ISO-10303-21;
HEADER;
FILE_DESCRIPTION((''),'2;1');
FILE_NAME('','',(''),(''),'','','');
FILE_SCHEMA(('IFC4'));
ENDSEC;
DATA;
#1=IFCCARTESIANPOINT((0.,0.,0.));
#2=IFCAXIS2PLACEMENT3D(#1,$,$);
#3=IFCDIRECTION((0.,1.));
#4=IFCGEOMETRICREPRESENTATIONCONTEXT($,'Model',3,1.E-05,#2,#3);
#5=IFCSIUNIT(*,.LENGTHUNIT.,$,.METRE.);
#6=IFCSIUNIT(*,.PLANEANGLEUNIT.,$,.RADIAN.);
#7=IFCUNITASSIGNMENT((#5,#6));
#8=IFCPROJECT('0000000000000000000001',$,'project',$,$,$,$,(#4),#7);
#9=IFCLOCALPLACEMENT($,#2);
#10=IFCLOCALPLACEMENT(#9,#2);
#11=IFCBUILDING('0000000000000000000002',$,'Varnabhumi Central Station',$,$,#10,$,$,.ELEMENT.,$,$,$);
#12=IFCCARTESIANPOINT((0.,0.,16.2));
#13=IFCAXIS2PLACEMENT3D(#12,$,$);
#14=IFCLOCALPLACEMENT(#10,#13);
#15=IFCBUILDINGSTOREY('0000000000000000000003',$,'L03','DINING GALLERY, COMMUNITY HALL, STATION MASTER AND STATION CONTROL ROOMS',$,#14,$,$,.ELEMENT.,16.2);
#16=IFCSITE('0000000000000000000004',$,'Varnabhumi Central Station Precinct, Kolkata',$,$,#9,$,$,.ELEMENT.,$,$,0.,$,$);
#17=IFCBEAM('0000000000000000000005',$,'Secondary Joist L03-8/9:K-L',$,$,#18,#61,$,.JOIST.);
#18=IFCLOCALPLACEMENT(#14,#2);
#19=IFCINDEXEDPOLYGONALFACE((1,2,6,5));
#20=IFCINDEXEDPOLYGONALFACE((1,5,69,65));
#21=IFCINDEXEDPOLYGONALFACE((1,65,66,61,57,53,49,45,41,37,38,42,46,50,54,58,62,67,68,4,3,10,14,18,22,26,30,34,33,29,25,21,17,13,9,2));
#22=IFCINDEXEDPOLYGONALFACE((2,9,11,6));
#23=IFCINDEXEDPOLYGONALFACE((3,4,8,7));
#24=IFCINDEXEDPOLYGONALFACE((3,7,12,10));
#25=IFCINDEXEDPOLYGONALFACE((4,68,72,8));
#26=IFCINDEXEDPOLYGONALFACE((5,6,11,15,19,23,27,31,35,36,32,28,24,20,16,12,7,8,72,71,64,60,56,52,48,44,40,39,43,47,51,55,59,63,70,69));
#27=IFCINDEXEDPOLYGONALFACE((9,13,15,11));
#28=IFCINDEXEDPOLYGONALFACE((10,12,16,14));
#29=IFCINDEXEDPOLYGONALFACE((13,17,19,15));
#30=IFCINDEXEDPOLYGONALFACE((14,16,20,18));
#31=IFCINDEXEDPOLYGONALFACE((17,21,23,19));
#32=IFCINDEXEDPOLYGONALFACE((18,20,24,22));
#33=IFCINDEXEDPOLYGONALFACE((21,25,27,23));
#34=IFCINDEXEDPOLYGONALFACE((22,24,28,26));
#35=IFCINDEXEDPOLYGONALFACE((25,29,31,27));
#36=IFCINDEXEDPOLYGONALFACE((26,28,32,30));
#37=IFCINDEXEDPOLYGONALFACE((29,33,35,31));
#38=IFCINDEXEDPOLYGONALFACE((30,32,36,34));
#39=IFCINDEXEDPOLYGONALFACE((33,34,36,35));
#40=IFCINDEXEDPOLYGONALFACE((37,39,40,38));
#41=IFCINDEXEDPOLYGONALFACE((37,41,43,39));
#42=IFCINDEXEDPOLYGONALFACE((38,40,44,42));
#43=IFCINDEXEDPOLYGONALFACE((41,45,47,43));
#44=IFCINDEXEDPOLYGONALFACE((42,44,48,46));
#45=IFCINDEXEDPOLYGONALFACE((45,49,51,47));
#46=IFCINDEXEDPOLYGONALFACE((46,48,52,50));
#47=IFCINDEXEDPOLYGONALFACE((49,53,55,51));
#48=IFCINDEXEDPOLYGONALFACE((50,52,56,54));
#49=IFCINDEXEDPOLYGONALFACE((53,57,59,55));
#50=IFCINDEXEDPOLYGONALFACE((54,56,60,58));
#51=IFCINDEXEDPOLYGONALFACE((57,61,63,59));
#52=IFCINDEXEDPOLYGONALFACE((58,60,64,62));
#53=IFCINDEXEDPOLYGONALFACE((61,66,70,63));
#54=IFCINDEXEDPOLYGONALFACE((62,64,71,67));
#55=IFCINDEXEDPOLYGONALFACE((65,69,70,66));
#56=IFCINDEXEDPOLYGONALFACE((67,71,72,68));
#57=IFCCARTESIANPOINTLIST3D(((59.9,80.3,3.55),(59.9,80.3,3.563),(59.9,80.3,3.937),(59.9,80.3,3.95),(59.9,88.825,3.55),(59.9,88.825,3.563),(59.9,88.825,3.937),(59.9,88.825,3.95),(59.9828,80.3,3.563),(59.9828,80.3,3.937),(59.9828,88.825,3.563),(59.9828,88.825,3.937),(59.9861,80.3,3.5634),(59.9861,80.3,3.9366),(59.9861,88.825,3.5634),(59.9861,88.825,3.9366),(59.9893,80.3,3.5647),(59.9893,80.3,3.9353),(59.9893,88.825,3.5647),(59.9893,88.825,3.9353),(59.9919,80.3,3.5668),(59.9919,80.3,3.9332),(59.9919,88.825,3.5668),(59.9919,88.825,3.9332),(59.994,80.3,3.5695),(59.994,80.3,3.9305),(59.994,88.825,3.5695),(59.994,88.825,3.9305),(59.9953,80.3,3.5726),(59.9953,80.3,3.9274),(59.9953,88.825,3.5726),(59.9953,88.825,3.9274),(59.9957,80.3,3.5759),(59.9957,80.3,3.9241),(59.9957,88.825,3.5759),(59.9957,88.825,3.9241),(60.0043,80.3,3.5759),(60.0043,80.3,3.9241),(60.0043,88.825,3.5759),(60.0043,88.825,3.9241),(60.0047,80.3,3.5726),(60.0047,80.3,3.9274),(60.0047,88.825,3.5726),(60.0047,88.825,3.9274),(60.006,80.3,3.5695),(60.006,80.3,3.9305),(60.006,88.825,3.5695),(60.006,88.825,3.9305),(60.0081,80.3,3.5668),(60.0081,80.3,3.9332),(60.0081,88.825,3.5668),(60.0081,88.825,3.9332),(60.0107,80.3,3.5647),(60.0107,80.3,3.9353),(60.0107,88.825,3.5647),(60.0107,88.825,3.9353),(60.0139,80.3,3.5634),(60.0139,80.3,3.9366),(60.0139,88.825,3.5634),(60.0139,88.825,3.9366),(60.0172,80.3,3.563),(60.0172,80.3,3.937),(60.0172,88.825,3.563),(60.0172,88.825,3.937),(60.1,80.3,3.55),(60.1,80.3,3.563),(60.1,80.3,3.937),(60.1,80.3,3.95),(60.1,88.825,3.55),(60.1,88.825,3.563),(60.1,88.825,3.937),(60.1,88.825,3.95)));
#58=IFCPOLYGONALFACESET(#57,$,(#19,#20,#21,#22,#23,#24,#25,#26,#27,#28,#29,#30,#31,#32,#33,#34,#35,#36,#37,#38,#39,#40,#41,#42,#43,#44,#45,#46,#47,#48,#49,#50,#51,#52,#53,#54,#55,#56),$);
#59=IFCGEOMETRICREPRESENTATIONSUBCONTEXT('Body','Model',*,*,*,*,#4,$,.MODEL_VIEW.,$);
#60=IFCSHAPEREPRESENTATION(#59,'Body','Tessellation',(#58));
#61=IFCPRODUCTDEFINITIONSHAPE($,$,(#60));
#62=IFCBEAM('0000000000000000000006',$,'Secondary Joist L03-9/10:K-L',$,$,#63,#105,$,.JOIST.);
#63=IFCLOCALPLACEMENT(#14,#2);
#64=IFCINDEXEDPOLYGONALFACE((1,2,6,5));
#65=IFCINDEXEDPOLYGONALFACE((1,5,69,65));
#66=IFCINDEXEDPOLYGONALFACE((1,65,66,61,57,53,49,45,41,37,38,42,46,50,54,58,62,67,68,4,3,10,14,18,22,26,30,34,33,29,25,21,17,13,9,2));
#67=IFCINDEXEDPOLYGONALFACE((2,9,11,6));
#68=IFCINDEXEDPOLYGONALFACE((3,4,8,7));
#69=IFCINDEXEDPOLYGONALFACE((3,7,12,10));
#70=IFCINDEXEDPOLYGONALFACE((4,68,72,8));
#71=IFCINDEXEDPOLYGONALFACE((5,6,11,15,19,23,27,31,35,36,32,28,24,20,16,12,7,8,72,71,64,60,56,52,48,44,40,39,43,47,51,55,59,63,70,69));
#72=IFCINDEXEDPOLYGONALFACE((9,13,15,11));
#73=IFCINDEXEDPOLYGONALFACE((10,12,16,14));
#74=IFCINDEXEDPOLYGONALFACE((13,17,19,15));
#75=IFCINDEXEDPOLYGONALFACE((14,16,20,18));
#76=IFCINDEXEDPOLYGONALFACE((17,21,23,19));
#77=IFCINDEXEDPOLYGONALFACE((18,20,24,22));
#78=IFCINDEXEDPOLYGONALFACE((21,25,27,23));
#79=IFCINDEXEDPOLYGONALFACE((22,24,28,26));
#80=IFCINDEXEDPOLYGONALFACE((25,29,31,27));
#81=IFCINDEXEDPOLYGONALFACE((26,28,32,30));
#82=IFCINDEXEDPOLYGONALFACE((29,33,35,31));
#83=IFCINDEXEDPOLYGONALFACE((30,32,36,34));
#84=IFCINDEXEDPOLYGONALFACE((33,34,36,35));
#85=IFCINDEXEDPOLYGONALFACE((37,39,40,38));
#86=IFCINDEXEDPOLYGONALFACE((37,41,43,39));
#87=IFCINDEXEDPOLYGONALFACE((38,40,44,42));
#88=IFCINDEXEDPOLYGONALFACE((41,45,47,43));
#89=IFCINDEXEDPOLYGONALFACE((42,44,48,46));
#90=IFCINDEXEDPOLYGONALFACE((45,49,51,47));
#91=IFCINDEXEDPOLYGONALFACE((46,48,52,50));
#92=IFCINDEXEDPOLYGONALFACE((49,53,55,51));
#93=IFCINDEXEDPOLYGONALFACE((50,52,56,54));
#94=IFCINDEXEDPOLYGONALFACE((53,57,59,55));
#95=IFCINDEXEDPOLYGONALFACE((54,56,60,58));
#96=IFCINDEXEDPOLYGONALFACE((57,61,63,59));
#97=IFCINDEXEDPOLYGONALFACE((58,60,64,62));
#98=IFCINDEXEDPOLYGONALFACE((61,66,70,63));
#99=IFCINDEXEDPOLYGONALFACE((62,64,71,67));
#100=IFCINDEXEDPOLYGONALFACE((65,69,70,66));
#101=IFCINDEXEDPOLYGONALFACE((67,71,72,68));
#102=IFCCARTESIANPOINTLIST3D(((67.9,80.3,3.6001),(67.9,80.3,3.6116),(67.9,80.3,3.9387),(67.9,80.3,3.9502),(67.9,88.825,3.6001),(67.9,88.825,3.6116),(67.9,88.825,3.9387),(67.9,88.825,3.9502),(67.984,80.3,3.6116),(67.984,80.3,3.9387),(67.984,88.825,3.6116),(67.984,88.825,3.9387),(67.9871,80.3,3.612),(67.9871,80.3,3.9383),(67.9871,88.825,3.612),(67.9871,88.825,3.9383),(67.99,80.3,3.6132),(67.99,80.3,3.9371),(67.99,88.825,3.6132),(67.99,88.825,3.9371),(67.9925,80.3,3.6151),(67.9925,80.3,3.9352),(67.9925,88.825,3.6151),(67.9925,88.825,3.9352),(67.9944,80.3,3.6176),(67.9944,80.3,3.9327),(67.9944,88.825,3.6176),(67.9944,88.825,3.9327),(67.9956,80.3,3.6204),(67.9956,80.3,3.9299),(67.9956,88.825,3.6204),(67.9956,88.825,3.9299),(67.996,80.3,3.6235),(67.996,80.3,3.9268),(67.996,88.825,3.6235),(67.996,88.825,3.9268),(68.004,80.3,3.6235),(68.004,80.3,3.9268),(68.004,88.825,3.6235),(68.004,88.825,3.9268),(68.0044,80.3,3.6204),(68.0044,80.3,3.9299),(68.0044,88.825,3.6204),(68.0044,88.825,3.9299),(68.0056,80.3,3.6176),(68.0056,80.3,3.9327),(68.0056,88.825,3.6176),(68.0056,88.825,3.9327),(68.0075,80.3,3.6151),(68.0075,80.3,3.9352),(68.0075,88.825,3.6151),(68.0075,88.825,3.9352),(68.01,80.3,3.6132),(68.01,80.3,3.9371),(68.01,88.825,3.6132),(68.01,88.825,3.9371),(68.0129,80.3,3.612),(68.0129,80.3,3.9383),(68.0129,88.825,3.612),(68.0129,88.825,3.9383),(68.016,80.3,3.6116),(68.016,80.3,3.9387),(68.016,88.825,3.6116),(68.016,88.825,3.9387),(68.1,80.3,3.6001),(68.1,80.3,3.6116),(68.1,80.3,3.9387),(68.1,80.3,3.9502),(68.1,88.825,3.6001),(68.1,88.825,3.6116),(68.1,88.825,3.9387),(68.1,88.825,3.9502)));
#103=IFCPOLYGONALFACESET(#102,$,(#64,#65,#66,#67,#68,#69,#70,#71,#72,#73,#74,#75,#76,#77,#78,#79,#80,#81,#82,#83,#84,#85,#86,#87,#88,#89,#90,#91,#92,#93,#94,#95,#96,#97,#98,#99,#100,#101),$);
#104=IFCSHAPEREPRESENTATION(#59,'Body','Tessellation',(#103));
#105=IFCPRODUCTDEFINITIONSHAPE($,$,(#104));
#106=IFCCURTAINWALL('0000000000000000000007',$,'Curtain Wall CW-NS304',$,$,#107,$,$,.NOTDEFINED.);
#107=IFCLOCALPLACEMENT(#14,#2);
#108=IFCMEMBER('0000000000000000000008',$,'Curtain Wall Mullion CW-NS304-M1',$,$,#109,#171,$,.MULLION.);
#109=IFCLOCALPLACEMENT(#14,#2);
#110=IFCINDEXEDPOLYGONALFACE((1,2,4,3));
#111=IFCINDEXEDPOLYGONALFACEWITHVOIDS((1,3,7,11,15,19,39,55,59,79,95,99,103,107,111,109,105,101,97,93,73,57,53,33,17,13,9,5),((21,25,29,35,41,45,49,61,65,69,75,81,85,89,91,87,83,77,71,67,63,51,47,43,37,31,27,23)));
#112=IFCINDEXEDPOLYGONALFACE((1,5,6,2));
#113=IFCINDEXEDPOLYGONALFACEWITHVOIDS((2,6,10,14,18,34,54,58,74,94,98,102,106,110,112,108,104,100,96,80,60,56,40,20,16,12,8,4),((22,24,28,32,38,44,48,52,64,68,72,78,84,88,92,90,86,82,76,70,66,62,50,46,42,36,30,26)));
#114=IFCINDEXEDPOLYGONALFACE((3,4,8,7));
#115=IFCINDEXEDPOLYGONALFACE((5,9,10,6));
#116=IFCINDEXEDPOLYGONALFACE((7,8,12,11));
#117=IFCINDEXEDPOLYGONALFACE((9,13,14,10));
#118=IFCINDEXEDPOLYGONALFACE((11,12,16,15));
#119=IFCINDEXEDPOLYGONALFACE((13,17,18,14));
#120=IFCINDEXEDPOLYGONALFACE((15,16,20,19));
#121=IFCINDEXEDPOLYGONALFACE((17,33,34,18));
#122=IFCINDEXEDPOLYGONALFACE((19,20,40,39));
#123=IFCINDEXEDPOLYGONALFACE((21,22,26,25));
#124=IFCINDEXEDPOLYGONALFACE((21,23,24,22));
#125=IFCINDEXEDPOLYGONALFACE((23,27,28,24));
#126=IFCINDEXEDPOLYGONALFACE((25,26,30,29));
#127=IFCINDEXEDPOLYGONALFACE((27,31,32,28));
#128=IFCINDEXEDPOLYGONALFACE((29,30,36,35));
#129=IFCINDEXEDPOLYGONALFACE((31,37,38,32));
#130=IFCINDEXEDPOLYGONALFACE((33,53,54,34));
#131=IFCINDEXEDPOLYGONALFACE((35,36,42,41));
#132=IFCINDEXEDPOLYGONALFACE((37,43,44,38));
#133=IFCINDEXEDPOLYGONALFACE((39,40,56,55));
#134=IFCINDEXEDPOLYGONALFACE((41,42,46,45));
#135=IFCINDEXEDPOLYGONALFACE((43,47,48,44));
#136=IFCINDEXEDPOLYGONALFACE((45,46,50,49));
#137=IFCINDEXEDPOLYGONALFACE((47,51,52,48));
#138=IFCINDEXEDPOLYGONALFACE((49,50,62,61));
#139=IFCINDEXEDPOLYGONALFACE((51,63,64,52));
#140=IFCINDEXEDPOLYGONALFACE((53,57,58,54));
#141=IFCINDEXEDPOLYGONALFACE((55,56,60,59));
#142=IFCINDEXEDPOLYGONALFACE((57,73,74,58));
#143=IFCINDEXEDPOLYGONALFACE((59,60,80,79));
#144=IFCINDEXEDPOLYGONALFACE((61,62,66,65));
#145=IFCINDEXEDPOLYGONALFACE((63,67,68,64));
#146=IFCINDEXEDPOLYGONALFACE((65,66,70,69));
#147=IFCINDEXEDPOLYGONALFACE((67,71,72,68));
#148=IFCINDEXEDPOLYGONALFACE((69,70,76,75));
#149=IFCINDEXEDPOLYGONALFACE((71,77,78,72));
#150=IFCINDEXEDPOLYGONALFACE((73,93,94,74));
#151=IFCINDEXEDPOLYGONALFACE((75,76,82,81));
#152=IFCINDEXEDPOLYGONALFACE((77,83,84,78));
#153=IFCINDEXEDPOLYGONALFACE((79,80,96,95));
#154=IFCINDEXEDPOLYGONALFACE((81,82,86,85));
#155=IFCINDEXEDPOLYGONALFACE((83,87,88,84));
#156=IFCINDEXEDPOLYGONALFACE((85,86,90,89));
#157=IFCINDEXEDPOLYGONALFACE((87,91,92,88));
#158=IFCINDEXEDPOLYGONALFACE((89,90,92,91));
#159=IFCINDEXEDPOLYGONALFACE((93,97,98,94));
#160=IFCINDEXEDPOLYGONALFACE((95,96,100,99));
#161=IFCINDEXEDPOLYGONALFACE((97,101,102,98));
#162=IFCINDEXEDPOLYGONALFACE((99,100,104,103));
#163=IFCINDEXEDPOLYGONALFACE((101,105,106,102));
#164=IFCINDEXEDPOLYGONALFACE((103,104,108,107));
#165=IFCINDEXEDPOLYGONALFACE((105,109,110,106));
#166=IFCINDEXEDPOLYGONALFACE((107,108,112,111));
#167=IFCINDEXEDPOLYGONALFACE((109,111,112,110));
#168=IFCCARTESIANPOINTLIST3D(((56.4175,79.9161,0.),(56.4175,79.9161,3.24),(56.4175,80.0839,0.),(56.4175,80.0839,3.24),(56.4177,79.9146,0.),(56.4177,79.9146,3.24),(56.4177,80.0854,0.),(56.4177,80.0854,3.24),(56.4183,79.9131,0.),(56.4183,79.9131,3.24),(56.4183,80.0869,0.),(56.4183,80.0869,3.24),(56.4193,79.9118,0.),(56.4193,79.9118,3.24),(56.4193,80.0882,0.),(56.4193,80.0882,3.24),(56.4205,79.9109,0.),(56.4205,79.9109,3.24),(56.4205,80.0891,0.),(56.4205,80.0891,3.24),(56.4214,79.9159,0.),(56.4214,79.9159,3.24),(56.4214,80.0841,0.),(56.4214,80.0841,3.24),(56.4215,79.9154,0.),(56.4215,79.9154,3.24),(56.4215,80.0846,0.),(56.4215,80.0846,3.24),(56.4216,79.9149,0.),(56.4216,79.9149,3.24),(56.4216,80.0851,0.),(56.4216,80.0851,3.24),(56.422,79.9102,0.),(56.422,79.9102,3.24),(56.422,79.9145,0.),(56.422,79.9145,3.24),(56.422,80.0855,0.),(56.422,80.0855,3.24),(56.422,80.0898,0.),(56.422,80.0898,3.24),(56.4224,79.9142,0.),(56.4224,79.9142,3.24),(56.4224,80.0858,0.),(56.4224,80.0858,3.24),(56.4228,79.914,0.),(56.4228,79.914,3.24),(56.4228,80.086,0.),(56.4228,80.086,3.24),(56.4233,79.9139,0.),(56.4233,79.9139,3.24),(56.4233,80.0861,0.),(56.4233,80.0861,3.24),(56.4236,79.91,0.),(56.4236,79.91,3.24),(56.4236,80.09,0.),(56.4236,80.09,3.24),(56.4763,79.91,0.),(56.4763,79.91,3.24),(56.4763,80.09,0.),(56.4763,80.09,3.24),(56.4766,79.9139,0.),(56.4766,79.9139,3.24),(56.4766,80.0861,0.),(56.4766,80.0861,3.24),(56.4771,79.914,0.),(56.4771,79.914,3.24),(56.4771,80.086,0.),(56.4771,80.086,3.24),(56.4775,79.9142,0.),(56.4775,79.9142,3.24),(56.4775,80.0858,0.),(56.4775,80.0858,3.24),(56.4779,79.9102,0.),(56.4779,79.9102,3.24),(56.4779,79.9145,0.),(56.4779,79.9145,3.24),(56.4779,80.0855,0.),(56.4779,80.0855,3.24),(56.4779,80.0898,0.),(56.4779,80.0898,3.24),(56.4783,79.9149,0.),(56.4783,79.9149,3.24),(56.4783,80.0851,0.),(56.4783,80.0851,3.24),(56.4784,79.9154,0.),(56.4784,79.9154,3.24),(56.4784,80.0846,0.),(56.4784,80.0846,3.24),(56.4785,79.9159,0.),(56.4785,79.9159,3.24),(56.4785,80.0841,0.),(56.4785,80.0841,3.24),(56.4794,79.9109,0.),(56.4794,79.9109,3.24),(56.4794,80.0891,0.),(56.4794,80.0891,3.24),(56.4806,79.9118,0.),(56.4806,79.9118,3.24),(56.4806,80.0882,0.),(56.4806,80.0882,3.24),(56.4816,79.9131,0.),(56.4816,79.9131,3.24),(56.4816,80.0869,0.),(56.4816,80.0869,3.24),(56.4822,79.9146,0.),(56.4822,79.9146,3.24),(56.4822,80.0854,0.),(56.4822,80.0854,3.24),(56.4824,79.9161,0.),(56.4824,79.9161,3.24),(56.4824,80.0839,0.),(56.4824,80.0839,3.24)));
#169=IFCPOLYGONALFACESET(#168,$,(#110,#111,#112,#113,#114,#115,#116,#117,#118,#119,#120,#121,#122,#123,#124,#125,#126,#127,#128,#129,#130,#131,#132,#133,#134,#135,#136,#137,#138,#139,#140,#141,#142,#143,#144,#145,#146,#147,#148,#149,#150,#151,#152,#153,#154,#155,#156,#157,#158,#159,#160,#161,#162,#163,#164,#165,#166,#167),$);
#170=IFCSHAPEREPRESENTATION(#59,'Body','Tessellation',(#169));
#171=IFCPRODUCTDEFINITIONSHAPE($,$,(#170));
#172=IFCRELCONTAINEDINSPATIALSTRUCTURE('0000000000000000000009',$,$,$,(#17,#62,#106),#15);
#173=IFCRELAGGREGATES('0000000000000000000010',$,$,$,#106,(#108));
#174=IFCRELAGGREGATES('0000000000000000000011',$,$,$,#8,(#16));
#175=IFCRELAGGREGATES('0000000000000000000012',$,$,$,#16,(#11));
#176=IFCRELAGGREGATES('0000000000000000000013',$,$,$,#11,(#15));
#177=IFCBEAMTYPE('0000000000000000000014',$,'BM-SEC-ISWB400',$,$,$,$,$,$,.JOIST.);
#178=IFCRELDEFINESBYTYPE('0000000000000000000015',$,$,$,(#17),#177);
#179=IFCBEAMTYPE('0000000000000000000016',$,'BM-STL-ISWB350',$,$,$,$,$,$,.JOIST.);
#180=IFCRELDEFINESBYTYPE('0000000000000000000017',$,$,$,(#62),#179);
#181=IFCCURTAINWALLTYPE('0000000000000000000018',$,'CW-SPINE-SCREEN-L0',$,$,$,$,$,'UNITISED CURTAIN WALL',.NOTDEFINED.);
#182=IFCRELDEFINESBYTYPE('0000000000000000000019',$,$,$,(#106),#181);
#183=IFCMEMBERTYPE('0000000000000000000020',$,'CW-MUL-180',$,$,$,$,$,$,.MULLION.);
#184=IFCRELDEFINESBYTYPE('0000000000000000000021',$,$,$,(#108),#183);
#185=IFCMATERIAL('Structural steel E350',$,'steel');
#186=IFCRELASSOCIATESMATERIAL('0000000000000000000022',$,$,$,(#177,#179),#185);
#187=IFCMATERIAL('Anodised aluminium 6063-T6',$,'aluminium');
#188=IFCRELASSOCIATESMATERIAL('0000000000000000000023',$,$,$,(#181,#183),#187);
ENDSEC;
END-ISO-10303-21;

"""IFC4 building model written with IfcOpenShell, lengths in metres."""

from ifc_helpers import new_model, si_unit, direction, frame, origin, origin_2d, place, context, subcontext, project, spatial, hollow_rectangle, i_section, extrude, material, material_profile, profile_set, type_object, element, aggregate, save


model = new_model("IFC4")

# Units and contexts
model_context = context("Model", 3, precision=1e-05, world=origin(), true_north=direction((0.0, 1.0)))
body_context = subcontext(model_context, "Body", "Model", "MODEL_VIEW")
ifc_project = project(units=[si_unit("LENGTHUNIT", "METRE"), si_unit("PLANEANGLEUNIT", "RADIAN")], contexts=[model_context])

# Site, building, storey
site_placement = place(None, origin())
site = spatial("IfcSite", under=ifc_project, at=site_placement, Name="Varnabhumi Central Station Precinct, Kolkata", CompositionType="ELEMENT", RefElevation=0.0)
building_placement = place(site_placement, origin())
building = spatial("IfcBuilding", under=site, at=building_placement, Name="Varnabhumi Central Station", CompositionType="ELEMENT")
storey_placement = place(building_placement, frame((0.0, 0.0, 16.2)))
storey = spatial("IfcBuildingStorey", under=building, at=storey_placement, Name="L03", Description="DINING GALLERY, COMMUNITY HALL, STATION MASTER AND STATION CONTROL ROOMS", CompositionType="ELEMENT", Elevation=16.2)

# Beams
ifc_material_1 = material(Name="Structural steel E350", Category="steel")
ifc_material_profile_1 = material_profile(ifc_material_1, i_section(OverallWidth=0.2, OverallDepth=0.3999, WebThickness=0.0085, FlangeThickness=0.0129, FilletRadius=0.0129, at=origin_2d()), Name="Structural steel E350", Category="steel")
ifc_profile_set_1 = profile_set([ifc_material_profile_1], Name="Structural steel E350")
beam_type_1 = type_object("IfcBeamType", Name="BM-SEC-ISWB400", PredefinedType="JOIST", material=ifc_profile_set_1)
beam_1_placement = place(storey_placement, frame((60.0, 80.3, 3.75), z_axis=(0.0, 1.0, 0.0), x_axis=(-1.0, 0.0, 0.0)))
element("IfcBeam", 1, at=beam_1_placement, inside=storey, type_object=beam_type_1, Name="Secondary Joist L03-8/9:K-L", PredefinedType="JOIST", context=body_context, shape_type="SweptSolid", body=[
    extrude(i_section(OverallWidth=0.2, OverallDepth=0.3999, WebThickness=0.0085, FlangeThickness=0.0129, FilletRadius=0.0129, at=origin_2d()), origin(), (0.0, 0.0, 1.0), 8.5249),
])
ifc_material_profile_2 = material_profile(ifc_material_1, i_section(OverallWidth=0.2, OverallDepth=0.3501, WebThickness=0.0081, FlangeThickness=0.0115, FilletRadius=0.012, at=origin_2d()), Name="Structural steel E350", Category="steel")
ifc_profile_set_2 = profile_set([ifc_material_profile_2], Name="Structural steel E350")
beam_type_2 = type_object("IfcBeamType", Name="BM-STL-ISWB350", PredefinedType="JOIST", material=ifc_profile_set_2)
beam_2_placement = place(storey_placement, frame((68.0, 80.3, 3.7751), z_axis=(0.0, 1.0, 0.0), x_axis=(-1.0, 0.0, 0.0)))
element("IfcBeam", 2, at=beam_2_placement, inside=storey, type_object=beam_type_2, Name="Secondary Joist L03-9/10:K-L", PredefinedType="JOIST", context=body_context, shape_type="SweptSolid", body=[
    extrude(i_section(OverallWidth=0.2, OverallDepth=0.3501, WebThickness=0.0081, FlangeThickness=0.0115, FilletRadius=0.012, at=origin_2d()), origin(), (0.0, 0.0, 1.0), 8.5249),
])

# Curtain wall, member
ifc_material_2 = material(Name="Anodised aluminium 6063-T6", Category="aluminium")
curtain_wall_type_1 = type_object("IfcCurtainWallType", Name="CW-SPINE-SCREEN-L0", ElementType="UNITISED CURTAIN WALL", PredefinedType="NOTDEFINED", material=ifc_material_2)
curtain_wall_1_placement = place(storey_placement, origin())
curtain_wall_1 = element("IfcCurtainWall", 3, at=curtain_wall_1_placement, inside=storey, type_object=curtain_wall_type_1, Name="Curtain Wall CW-NS304", PredefinedType="NOTDEFINED")
ifc_material_profile_3 = material_profile(ifc_material_2, hollow_rectangle(XDim=0.0649, YDim=0.1799, WallThickness=0.0039, InnerFilletRadius=0.002, OuterFilletRadius=0.0061, at=origin_2d()), Name="Anodised aluminium 6063-T6", Category="aluminium")
ifc_profile_set_3 = profile_set([ifc_material_profile_3], Name="Anodised aluminium 6063-T6")
member_type_1 = type_object("IfcMemberType", Name="CW-MUL-180", PredefinedType="MULLION", material=ifc_profile_set_3)
member_1_placement = place(storey_placement, frame((56.45, 80.0, 0.0), z_axis=(0.0, 0.0, 1.0), x_axis=(1.0, 0.0, 0.0)))
member_1 = element("IfcMember", 4, at=member_1_placement, type_object=member_type_1, Name="Curtain Wall Mullion CW-NS304-M1", PredefinedType="MULLION", context=body_context, shape_type="SweptSolid", body=[
    extrude(hollow_rectangle(XDim=0.0649, YDim=0.1799, WallThickness=0.0039, InnerFilletRadius=0.002, OuterFilletRadius=0.0061, at=origin_2d()), origin(), (0.0, 0.0, 1.0), 3.24),
])

aggregate(curtain_wall_1, [member_1])

save(model, "model.ifc")
